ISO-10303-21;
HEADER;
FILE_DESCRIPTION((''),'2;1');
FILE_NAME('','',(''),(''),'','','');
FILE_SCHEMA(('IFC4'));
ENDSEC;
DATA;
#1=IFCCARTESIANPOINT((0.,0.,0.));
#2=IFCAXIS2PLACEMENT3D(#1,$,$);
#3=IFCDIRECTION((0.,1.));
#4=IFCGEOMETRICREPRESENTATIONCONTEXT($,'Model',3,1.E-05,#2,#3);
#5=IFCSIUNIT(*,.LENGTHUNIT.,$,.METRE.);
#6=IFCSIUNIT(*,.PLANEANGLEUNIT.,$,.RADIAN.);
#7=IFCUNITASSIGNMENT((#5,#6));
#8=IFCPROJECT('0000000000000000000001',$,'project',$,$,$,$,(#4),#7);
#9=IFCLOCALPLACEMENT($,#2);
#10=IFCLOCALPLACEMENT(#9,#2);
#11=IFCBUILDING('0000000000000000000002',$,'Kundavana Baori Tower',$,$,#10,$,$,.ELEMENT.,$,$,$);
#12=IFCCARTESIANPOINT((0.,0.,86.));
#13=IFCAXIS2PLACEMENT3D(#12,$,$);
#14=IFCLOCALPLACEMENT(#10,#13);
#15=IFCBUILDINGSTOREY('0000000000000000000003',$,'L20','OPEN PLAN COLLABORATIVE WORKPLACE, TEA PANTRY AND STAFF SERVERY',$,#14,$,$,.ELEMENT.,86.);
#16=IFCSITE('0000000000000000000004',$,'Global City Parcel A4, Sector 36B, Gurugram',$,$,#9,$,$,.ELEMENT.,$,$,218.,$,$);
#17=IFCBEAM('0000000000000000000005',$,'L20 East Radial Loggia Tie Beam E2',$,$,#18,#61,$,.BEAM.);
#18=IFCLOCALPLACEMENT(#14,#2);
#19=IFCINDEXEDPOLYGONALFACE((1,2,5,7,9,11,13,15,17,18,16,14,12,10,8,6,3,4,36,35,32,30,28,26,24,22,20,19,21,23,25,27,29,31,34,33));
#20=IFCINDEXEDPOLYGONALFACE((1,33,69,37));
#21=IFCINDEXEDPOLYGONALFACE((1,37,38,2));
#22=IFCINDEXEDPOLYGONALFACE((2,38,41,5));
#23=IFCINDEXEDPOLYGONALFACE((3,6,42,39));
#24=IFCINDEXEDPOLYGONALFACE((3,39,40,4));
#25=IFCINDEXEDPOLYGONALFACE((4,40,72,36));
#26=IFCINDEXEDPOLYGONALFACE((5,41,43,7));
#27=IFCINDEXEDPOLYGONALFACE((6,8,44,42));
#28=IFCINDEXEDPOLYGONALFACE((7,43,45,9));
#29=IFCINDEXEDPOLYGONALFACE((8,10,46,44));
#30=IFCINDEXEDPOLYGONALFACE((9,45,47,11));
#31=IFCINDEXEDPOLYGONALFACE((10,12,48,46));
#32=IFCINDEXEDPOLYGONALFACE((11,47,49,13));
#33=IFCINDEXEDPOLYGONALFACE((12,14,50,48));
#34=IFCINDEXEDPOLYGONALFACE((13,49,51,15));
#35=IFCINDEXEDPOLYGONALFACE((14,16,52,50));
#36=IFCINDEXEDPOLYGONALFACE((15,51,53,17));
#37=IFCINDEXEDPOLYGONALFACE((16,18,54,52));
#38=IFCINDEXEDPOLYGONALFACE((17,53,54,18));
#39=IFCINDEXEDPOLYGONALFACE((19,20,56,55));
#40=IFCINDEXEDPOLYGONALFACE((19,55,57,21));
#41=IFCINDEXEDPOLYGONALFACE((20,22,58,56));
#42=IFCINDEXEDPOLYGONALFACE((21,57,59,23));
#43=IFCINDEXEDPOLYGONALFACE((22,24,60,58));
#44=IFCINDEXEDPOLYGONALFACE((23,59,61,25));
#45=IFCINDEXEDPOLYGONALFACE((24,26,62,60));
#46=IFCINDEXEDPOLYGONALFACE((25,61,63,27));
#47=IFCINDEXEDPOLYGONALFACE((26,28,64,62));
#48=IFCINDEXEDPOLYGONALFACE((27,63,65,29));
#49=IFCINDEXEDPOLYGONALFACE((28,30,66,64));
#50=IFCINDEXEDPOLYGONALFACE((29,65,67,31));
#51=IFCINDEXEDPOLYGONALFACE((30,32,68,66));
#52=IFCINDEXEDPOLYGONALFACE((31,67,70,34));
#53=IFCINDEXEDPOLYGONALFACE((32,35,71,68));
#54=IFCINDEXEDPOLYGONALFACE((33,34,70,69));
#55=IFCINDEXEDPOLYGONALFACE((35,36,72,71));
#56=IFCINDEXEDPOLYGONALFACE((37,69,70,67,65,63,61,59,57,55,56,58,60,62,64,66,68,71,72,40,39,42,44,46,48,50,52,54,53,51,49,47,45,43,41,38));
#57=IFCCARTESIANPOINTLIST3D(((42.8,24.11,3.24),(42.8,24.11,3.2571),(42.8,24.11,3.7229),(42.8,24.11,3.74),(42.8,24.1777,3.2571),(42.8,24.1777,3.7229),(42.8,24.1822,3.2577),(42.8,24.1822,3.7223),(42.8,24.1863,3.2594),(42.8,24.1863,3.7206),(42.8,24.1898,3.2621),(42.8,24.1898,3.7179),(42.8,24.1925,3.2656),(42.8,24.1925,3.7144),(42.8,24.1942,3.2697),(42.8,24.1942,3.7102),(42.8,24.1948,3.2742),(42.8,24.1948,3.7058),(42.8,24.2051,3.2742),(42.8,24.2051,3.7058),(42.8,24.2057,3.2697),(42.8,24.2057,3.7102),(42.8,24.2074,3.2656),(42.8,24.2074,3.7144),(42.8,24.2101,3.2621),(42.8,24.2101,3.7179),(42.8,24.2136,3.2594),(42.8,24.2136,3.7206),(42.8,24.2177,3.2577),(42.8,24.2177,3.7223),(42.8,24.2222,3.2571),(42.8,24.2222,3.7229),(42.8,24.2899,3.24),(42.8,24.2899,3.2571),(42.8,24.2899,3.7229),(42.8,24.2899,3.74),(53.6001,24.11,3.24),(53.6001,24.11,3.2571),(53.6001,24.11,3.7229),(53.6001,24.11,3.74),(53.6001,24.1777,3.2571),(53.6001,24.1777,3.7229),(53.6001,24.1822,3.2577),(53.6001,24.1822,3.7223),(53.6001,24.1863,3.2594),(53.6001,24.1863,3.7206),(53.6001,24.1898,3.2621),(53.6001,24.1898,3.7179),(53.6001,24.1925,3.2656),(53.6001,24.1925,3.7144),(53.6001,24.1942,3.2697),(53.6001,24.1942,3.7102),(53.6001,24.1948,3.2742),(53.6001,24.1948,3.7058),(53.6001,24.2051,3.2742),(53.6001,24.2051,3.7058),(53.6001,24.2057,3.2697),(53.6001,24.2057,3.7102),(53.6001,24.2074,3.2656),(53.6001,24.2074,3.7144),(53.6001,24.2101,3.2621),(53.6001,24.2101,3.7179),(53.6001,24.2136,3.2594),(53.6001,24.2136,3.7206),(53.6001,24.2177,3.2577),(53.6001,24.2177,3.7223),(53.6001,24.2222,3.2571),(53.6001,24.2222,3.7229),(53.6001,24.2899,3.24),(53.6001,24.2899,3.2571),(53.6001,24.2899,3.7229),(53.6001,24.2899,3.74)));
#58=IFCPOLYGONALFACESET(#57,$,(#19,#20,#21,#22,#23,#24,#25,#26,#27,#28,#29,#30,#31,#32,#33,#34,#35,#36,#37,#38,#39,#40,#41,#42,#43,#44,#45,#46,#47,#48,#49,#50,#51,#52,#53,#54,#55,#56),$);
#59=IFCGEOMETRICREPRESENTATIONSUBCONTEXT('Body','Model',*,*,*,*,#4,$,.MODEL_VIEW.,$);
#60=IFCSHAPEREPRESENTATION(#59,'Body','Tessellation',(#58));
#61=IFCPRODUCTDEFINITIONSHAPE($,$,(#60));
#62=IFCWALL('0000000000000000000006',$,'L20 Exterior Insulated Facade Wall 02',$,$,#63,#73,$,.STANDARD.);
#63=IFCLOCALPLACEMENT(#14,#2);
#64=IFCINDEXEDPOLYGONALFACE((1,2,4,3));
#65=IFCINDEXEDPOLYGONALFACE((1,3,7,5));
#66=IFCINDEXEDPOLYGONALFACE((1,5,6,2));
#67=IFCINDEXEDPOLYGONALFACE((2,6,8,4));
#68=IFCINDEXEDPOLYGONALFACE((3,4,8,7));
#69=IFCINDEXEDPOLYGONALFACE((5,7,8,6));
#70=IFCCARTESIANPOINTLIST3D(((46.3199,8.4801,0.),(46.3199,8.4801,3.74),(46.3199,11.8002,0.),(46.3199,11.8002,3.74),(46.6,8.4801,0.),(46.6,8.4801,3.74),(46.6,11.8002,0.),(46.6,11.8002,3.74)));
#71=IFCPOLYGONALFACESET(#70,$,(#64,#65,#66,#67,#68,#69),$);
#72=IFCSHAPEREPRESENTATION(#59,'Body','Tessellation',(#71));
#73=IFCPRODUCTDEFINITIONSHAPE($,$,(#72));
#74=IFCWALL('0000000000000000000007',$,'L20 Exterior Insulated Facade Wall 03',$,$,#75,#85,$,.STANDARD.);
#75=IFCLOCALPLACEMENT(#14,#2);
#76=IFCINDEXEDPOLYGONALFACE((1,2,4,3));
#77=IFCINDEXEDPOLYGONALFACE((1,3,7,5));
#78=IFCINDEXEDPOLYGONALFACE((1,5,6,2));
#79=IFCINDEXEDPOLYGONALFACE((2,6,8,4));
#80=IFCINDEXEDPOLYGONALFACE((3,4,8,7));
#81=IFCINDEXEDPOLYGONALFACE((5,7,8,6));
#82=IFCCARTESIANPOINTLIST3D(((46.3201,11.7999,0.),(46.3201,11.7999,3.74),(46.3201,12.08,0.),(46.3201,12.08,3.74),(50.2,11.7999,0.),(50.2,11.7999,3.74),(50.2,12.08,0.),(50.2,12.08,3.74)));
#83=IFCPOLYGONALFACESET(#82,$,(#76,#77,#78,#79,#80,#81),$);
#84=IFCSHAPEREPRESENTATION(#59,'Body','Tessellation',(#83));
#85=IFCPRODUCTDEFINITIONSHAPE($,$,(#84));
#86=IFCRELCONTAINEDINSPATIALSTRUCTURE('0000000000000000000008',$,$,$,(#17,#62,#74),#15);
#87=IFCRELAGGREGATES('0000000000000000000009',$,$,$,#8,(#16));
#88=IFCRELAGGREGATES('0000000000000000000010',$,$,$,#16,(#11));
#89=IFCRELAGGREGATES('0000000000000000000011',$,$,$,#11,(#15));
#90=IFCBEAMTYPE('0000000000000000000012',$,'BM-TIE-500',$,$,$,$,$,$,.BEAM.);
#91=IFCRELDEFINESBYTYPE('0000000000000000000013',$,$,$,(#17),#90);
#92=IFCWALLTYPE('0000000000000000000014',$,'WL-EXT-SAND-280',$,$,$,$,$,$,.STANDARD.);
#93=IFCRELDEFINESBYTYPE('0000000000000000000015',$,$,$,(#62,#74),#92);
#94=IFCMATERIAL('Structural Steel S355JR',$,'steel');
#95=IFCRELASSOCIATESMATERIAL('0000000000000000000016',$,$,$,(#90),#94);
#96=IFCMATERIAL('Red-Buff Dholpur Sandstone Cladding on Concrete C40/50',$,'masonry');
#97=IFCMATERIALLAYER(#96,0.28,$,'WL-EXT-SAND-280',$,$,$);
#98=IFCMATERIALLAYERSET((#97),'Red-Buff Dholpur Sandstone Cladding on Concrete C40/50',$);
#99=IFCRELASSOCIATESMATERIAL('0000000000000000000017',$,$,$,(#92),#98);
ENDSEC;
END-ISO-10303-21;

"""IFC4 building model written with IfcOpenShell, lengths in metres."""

from ifc_helpers import new_model, si_unit, direction, frame, frame_2d, origin, origin_2d, place, context, subcontext, project, spatial, rectangle, i_section, extrude, material, layer, layer_set, material_profile, profile_set, type_object, element, save


model = new_model("IFC4")

# Units and contexts
model_context = context("Model", 3, precision=1e-05, world=origin(), true_north=direction((0.0, 1.0)))
body_context = subcontext(model_context, "Body", "Model", "MODEL_VIEW")
ifc_project = project(units=[si_unit("LENGTHUNIT", "METRE"), si_unit("PLANEANGLEUNIT", "RADIAN")], contexts=[model_context])

# Site, building, storey
site_placement = place(None, origin())
site = spatial("IfcSite", under=ifc_project, at=site_placement, Name="Global City Parcel A4, Sector 36B, Gurugram", CompositionType="ELEMENT", RefElevation=218.0)
building_placement = place(site_placement, origin())
building = spatial("IfcBuilding", under=site, at=building_placement, Name="Kundavana Baori Tower", CompositionType="ELEMENT")
storey_placement = place(building_placement, frame((0.0, 0.0, 86.0)))
storey = spatial("IfcBuildingStorey", under=building, at=storey_placement, Name="L20", Description="OPEN PLAN COLLABORATIVE WORKPLACE, TEA PANTRY AND STAFF SERVERY", CompositionType="ELEMENT", Elevation=86.0)

# Beam
ifc_material_1 = material(Name="Structural Steel S355JR", Category="steel")
ifc_material_profile_1 = material_profile(ifc_material_1, i_section(OverallWidth=0.1799, OverallDepth=0.5, WebThickness=0.0103, FlangeThickness=0.0171, FilletRadius=0.0171, at=origin_2d()), Name="ISMB 500")
ifc_profile_set_1 = profile_set([ifc_material_profile_1], Name="Structural Steel S355JR")
beam_type_1 = type_object("IfcBeamType", Name="BM-TIE-500", PredefinedType="BEAM", material=ifc_profile_set_1)
for number, where, z_axis, x_axis, name in (
    (1, (42.8, 24.2, 3.49), (1.0, 0.0, 0.0), (0.0, 1.0, 0.0), "L20 East Radial Loggia Tie Beam E2"),
):
    element("IfcBeam", number, at=place(storey_placement, frame(where, z_axis=z_axis, x_axis=x_axis)), inside=storey, type_object=beam_type_1, Name=name, PredefinedType="BEAM", context=body_context, shape_type="SweptSolid", body=[
        extrude(i_section(OverallWidth=0.1799, OverallDepth=0.5, WebThickness=0.0103, FlangeThickness=0.0171, FilletRadius=0.0171, at=origin_2d()), origin(), (0.0, 0.0, 1.0), 10.8),
    ])

# Walls
ifc_material_2 = material(Name="Red-Buff Dholpur Sandstone Cladding on Concrete C40/50", Category="masonry")
ifc_layer_1 = layer(ifc_material_2, 0.28, Name="WL-EXT-SAND-280")
ifc_layer_set_1 = layer_set([ifc_layer_1], Name="Red-Buff Dholpur Sandstone Cladding on Concrete C40/50")
wall_type_1 = type_object("IfcWallType", Name="WL-EXT-SAND-280", PredefinedType="STANDARD", material=ifc_layer_set_1)
wall_1_placement = place(storey_placement, frame((46.46, 8.48, 0.0), z_axis=(0.0, 0.0, 1.0), x_axis=(0.0, 1.0, 0.0)))
element("IfcWall", 2, at=wall_1_placement, inside=storey, type_object=wall_type_1, Name="L20 Exterior Insulated Facade Wall 02", PredefinedType="STANDARD", context=body_context, shape_type="SweptSolid", body=[
    extrude(rectangle(XDim=3.3201, YDim=0.28, at=frame_2d((1.6602, 0.0))), origin(), (0.0, 0.0, 1.0), 3.74),
])
wall_2_placement = place(storey_placement, frame((46.3201, 11.9399, 0.0), z_axis=(0.0, 0.0, 1.0), x_axis=(1.0, 0.0, 0.0)))
element("IfcWall", 3, at=wall_2_placement, inside=storey, type_object=wall_type_1, Name="L20 Exterior Insulated Facade Wall 03", PredefinedType="STANDARD", context=body_context, shape_type="SweptSolid", body=[
    extrude(rectangle(XDim=3.8799, YDim=0.28, at=frame_2d((1.9399, 0.0))), origin(), (0.0, 0.0, 1.0), 3.74),
])

save(model, "model.ifc")
